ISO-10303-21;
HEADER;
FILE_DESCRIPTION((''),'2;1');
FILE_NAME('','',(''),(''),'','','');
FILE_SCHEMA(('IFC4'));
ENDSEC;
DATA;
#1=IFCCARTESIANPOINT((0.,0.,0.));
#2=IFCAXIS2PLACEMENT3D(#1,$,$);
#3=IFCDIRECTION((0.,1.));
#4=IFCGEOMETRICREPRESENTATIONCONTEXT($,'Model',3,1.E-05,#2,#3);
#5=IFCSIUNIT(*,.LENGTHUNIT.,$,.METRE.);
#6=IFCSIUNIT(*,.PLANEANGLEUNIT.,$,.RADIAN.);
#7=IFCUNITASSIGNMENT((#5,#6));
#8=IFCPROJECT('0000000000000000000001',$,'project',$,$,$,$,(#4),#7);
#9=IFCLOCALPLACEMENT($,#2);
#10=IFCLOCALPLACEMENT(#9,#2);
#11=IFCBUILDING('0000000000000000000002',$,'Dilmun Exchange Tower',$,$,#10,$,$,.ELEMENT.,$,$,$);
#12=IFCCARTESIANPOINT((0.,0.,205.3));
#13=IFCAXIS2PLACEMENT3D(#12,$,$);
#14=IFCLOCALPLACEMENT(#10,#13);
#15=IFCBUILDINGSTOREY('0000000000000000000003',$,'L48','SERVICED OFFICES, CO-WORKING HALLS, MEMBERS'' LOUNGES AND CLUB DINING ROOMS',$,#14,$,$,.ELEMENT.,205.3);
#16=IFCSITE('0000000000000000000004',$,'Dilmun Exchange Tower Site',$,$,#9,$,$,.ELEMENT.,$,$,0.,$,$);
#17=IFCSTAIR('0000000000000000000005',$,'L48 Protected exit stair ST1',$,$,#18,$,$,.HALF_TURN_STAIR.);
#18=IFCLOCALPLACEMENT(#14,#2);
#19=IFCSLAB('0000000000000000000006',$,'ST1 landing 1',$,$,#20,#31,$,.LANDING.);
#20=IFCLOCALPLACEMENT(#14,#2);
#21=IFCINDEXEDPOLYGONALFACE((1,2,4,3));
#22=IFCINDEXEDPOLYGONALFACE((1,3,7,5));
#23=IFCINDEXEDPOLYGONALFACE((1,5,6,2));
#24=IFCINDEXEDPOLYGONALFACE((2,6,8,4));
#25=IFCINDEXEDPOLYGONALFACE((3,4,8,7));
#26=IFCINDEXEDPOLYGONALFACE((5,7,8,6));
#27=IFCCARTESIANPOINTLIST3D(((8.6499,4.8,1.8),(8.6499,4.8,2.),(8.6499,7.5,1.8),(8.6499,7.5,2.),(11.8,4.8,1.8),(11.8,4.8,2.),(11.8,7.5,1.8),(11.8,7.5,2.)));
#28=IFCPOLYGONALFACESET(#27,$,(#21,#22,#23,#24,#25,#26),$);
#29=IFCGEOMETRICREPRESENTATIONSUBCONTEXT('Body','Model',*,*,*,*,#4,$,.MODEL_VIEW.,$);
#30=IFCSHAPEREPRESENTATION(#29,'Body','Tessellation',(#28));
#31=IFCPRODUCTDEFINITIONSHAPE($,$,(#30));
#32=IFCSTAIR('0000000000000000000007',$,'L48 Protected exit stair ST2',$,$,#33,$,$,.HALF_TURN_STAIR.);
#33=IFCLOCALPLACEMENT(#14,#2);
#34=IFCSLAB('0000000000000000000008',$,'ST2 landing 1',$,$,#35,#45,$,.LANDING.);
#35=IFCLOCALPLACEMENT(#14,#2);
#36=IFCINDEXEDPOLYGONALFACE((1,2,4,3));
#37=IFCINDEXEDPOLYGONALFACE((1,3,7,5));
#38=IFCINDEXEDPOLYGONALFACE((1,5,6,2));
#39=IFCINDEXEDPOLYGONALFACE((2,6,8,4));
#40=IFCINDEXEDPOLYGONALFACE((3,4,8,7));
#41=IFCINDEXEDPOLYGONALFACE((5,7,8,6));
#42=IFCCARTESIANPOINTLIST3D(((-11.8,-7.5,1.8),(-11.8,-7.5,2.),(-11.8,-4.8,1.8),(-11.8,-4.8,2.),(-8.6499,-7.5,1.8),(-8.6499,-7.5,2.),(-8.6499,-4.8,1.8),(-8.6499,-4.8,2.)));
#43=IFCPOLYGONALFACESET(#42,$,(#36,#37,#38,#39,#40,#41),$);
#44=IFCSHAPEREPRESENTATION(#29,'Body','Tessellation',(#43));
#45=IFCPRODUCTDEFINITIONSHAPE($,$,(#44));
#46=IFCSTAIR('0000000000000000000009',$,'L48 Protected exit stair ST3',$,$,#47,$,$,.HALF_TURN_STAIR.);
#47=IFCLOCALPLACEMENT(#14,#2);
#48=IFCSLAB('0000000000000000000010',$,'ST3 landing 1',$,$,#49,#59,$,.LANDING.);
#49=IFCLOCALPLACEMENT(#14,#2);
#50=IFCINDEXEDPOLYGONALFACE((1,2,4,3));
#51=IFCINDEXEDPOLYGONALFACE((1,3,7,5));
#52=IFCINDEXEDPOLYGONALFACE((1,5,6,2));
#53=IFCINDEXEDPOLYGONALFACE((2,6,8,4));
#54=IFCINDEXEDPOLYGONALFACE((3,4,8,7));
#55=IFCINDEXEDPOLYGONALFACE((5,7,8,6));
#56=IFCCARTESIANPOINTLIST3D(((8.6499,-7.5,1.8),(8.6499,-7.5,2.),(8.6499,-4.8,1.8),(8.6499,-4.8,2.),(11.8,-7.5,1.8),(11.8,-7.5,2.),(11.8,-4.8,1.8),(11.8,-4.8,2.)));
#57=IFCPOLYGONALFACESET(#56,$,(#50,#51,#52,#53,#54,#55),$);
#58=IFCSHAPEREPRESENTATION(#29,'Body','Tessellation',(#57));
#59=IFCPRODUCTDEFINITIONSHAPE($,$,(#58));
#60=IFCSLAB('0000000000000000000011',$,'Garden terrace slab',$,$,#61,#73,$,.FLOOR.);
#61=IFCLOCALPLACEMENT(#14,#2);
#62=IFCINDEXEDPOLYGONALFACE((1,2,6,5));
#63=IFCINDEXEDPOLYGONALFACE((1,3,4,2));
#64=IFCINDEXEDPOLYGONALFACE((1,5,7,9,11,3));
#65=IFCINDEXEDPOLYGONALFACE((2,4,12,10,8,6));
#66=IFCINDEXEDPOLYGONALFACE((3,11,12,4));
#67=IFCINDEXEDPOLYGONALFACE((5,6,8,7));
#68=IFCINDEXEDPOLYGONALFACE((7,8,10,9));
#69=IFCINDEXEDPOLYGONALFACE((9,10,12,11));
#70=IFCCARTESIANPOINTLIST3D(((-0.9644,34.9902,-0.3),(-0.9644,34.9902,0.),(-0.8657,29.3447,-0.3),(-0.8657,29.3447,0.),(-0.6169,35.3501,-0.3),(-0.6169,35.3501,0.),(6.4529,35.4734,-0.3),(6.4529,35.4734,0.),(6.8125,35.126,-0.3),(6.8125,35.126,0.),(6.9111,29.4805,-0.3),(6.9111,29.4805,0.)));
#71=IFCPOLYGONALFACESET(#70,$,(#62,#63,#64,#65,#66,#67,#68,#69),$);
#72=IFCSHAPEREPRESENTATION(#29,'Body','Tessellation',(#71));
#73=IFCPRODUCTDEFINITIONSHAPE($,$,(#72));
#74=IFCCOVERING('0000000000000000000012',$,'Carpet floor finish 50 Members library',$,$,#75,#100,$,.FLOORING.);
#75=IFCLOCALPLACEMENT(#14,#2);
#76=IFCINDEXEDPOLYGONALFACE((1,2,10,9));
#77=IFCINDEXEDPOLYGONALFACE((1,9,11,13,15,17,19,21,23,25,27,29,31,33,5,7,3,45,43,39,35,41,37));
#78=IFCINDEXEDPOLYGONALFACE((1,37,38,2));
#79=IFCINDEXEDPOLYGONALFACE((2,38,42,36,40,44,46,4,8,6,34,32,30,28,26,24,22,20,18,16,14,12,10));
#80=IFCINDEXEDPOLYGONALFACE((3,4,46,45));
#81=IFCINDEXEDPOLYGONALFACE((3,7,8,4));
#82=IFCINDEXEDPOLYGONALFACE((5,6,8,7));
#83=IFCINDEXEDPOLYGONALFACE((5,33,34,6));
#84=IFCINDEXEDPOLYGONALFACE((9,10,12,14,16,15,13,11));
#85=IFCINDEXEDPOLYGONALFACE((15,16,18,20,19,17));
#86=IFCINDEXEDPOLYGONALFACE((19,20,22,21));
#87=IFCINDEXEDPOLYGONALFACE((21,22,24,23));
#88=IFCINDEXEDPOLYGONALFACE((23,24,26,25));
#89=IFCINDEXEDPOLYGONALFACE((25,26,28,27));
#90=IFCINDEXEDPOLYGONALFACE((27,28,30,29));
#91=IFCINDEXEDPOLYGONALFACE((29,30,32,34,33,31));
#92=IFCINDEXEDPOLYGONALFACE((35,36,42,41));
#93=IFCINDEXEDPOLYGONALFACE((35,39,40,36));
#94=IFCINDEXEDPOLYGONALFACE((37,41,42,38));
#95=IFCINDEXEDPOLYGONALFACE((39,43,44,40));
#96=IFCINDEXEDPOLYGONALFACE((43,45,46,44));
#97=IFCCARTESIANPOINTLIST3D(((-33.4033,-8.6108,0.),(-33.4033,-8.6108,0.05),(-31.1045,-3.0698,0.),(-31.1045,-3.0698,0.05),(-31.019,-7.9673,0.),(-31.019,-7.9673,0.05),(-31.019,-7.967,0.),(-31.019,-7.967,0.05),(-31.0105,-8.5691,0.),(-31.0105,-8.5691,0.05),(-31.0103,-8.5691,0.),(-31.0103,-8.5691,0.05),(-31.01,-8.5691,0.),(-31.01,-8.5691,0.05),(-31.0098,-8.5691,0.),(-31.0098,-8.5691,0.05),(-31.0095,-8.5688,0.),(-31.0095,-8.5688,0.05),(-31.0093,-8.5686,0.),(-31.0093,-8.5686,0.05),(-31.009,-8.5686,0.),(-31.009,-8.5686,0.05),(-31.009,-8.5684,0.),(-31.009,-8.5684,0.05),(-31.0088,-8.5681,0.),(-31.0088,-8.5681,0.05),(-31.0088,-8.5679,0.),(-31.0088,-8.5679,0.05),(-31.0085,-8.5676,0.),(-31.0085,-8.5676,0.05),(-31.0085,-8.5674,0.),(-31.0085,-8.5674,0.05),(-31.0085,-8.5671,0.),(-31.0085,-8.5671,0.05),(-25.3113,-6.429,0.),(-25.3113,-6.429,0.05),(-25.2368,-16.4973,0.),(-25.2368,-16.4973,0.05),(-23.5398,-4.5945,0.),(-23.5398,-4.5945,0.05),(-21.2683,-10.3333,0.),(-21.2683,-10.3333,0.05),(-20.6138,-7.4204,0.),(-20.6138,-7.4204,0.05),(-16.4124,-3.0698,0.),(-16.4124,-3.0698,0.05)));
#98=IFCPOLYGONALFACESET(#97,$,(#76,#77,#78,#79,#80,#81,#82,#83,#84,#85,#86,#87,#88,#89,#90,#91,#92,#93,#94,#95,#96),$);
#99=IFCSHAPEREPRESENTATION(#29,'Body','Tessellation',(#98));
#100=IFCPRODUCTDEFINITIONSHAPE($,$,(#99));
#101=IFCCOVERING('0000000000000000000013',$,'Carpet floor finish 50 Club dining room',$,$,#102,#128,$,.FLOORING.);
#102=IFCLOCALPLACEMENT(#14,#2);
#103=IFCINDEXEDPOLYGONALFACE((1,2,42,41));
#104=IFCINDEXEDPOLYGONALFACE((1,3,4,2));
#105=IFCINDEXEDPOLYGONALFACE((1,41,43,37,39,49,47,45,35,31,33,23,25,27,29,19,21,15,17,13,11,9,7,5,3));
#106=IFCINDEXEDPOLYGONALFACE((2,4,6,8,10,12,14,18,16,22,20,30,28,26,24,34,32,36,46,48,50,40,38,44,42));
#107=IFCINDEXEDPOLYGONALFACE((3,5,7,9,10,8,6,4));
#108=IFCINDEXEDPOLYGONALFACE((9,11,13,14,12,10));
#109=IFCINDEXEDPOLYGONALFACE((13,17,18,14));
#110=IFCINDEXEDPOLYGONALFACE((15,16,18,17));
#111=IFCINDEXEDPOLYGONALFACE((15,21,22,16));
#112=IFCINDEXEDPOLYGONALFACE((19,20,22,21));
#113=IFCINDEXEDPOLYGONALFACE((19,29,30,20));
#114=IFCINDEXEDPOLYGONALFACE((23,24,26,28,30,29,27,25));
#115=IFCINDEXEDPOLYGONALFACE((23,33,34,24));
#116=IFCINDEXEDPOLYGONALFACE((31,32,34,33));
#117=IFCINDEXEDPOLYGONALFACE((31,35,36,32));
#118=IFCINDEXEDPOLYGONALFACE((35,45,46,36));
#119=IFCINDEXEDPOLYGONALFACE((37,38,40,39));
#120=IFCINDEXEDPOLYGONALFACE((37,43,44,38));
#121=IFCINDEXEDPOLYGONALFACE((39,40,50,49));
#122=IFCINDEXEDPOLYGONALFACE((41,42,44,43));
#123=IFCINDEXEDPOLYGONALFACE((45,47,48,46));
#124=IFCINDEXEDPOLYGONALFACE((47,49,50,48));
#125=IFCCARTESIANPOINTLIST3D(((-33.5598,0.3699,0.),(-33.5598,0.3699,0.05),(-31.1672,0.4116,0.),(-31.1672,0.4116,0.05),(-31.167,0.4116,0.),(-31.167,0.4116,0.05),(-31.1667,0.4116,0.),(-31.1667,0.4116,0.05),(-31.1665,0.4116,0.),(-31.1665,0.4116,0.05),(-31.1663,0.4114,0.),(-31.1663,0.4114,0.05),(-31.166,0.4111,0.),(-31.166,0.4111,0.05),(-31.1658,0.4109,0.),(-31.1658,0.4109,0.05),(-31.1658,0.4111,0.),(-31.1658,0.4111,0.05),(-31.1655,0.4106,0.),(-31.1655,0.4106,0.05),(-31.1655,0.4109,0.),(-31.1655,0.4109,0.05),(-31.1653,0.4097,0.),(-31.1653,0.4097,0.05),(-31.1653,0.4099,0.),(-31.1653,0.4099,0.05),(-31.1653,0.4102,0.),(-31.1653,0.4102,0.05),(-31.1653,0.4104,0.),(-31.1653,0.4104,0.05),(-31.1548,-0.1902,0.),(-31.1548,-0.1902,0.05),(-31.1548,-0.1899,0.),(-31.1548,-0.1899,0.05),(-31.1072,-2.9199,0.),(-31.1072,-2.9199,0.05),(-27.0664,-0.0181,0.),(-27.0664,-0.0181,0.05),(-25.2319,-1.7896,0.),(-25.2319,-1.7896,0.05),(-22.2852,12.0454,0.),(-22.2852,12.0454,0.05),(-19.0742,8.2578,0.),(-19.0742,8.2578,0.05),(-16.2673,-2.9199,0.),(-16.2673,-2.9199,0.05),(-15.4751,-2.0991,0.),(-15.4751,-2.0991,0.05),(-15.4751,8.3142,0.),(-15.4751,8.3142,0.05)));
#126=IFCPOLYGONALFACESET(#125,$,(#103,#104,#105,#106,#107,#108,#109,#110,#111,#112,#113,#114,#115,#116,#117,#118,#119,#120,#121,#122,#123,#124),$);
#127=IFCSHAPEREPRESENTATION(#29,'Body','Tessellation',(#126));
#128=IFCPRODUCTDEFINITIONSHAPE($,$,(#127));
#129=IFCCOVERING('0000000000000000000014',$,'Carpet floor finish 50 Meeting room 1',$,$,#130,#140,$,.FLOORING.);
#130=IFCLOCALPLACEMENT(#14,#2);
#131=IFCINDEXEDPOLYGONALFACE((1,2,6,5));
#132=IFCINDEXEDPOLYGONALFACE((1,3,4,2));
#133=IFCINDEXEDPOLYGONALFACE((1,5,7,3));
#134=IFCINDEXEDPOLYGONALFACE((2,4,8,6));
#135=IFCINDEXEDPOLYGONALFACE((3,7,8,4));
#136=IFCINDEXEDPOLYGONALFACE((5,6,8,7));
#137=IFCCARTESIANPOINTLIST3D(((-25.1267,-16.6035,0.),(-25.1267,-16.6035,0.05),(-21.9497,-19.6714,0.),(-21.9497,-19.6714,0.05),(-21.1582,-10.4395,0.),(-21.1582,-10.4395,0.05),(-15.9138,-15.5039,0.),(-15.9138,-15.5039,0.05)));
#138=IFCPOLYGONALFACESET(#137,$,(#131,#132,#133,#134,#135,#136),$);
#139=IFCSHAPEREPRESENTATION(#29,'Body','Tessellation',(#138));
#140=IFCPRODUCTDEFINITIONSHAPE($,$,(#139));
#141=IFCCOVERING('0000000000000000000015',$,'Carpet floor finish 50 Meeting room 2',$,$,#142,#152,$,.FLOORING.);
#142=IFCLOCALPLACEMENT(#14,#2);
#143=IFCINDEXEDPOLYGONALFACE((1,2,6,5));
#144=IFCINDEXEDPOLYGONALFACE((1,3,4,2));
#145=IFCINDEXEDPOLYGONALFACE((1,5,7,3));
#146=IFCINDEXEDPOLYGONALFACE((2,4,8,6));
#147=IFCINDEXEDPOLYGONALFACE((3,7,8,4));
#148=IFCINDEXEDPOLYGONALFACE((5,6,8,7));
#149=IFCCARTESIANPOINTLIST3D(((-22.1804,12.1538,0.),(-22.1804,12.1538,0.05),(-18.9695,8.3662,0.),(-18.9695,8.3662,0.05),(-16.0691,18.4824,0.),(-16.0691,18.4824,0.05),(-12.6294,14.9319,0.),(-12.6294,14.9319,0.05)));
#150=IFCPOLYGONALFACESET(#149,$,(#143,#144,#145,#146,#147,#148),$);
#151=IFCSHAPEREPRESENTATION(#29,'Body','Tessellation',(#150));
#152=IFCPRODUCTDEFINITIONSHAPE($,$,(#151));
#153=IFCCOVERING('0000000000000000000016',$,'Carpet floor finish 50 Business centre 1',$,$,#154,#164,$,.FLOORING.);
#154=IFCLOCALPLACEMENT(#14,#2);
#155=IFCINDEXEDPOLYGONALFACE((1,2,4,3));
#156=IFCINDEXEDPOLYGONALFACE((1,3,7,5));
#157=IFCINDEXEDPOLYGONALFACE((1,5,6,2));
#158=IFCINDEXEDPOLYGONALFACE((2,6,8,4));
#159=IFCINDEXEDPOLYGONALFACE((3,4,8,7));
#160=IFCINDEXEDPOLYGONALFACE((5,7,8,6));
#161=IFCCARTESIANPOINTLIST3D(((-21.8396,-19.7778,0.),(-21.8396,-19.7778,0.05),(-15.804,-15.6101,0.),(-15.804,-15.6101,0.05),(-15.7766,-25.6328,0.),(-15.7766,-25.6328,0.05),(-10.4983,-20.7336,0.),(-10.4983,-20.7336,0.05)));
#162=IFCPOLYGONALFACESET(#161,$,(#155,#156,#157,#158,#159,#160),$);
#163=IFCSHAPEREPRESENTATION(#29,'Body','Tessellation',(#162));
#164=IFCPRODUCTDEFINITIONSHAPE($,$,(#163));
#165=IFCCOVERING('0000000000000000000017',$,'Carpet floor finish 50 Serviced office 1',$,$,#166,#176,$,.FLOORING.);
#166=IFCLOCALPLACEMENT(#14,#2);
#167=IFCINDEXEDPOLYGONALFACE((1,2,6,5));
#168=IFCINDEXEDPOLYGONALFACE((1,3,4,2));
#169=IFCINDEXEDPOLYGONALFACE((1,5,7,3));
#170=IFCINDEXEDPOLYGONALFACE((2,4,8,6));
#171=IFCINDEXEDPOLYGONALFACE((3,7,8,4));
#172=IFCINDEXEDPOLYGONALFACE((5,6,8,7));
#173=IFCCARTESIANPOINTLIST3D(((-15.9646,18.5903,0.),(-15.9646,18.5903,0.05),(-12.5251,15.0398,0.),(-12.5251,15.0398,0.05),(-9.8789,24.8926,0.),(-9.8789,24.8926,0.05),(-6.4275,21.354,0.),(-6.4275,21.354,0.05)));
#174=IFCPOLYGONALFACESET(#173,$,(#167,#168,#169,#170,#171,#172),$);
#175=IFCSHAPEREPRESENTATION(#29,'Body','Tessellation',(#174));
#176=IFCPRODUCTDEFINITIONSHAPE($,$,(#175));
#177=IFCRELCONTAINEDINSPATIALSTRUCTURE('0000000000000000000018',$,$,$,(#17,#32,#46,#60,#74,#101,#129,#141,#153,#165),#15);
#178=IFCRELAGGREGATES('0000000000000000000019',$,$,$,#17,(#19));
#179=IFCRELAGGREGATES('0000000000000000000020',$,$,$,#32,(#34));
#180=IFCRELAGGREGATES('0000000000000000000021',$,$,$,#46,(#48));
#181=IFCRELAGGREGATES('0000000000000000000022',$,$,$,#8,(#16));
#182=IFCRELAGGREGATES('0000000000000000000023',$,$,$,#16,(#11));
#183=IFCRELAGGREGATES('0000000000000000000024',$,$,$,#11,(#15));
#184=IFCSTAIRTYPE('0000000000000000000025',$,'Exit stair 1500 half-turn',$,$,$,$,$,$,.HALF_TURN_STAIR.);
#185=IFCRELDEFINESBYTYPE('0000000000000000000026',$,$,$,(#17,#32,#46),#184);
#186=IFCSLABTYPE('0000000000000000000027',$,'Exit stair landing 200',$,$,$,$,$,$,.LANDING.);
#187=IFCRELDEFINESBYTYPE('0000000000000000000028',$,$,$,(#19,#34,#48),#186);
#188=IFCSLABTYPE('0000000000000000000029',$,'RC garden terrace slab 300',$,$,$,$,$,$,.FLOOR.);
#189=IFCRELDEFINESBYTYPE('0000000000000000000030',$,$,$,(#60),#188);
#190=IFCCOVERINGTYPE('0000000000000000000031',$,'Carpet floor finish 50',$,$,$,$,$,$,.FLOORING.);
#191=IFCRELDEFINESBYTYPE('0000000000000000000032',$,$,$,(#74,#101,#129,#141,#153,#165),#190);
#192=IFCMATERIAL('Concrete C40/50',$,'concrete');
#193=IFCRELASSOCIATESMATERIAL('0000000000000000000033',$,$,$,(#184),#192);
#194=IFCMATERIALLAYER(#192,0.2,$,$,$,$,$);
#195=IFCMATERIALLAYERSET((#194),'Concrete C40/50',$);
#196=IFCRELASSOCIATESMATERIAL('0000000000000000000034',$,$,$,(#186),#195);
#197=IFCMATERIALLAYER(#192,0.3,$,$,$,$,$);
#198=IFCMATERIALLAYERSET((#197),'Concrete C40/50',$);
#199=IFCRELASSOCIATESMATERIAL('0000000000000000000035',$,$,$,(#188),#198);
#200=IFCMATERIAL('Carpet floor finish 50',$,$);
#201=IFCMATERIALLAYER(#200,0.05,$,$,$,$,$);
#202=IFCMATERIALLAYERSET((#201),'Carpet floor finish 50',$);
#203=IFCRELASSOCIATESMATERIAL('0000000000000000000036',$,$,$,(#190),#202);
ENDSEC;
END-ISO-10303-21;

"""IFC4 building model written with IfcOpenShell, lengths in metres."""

from ifc_helpers import new_model, si_unit, direction, frame, origin, place, context, subcontext, project, spatial, polyline, outline, extrude, material, layer, layer_set, type_object, element, aggregate, save


model = new_model("IFC4")

# Units and contexts
model_context = context("Model", 3, precision=1e-05, world=origin(), true_north=direction((0.0, 1.0)))
body_context = subcontext(model_context, "Body", "Model", "MODEL_VIEW")
ifc_project = project(units=[si_unit("LENGTHUNIT", "METRE"), si_unit("PLANEANGLEUNIT", "RADIAN")], contexts=[model_context])

# Site, building, storey
site_placement = place(None, origin())
site = spatial("IfcSite", under=ifc_project, at=site_placement, Name="Dilmun Exchange Tower Site", CompositionType="ELEMENT", RefElevation=0.0)
building_placement = place(site_placement, origin())
building = spatial("IfcBuilding", under=site, at=building_placement, Name="Dilmun Exchange Tower", CompositionType="ELEMENT")
storey_placement = place(building_placement, frame((0.0, 0.0, 205.3)))
storey = spatial("IfcBuildingStorey", under=building, at=storey_placement, Name="L48", Description="SERVICED OFFICES, CO-WORKING HALLS, MEMBERS' LOUNGES AND CLUB DINING ROOMS", CompositionType="ELEMENT", Elevation=205.3)

# Stairs, slabs
ifc_material_1 = material(Name="Concrete C40/50", Category="concrete")
stair_type = type_object("IfcStairType", Name="Exit stair 1500 half-turn", PredefinedType="HALF_TURN_STAIR", material=ifc_material_1)
stair_1_placement = place(storey_placement, origin())
stair_1 = element("IfcStair", 1, at=stair_1_placement, inside=storey, type_object=stair_type, Name="L48 Protected exit stair ST1", PredefinedType="HALF_TURN_STAIR")
ifc_layer_1 = layer(ifc_material_1, 0.2)
ifc_layer_set_1 = layer_set([ifc_layer_1], Name="Concrete C40/50")
slab_type_1 = type_object("IfcSlabType", Name="Exit stair landing 200", PredefinedType="LANDING", material=ifc_layer_set_1)
slab_1_placement = place(storey_placement, frame((0.0, 0.0, 1.8)))
slab_1 = element("IfcSlab", 2, at=slab_1_placement, type_object=slab_type_1, Name="ST1 landing 1", PredefinedType="LANDING", context=body_context, shape_type="SweptSolid", body=[
    extrude(outline(polyline([(8.6499, 7.5), (8.6499, 4.8), (11.8, 4.8), (11.8, 7.5), (8.6499, 7.5)])), origin(), (0.0, 0.0, 1.0), 0.2),
])
aggregate(stair_1, [slab_1])
stair_2_placement = place(storey_placement, origin())
stair_2 = element("IfcStair", 3, at=stair_2_placement, inside=storey, type_object=stair_type, Name="L48 Protected exit stair ST2", PredefinedType="HALF_TURN_STAIR")
slab_2_placement = place(storey_placement, frame((0.0, 0.0, 1.8)))
slab_2 = element("IfcSlab", 4, at=slab_2_placement, type_object=slab_type_1, Name="ST2 landing 1", PredefinedType="LANDING", context=body_context, shape_type="SweptSolid", body=[
    extrude(outline(polyline([(-8.6499, -7.5), (-8.6499, -4.8), (-11.8, -4.8), (-11.8, -7.5), (-8.6499, -7.5)])), origin(), (0.0, 0.0, 1.0), 0.2),
])
aggregate(stair_2, [slab_2])
stair_3_placement = place(storey_placement, origin())
stair_3 = element("IfcStair", 5, at=stair_3_placement, inside=storey, type_object=stair_type, Name="L48 Protected exit stair ST3", PredefinedType="HALF_TURN_STAIR")
slab_3_placement = place(storey_placement, frame((0.0, 0.0, 1.8)))
slab_3 = element("IfcSlab", 6, at=slab_3_placement, type_object=slab_type_1, Name="ST3 landing 1", PredefinedType="LANDING", context=body_context, shape_type="SweptSolid", body=[
    extrude(outline(polyline([(11.8, -7.5), (11.8, -4.8), (8.6499, -4.8), (8.6499, -7.5), (11.8, -7.5)])), origin(), (0.0, 0.0, 1.0), 0.2),
])
aggregate(stair_3, [slab_3])

# Slab
ifc_layer_2 = layer(ifc_material_1, 0.3)
ifc_layer_set_2 = layer_set([ifc_layer_2], Name="Concrete C40/50")
slab_type_2 = type_object("IfcSlabType", Name="RC garden terrace slab 300", PredefinedType="FLOOR", material=ifc_layer_set_2)
slab_4_placement = place(storey_placement, frame((0.0, 0.0, -0.3)))
element("IfcSlab", 7, at=slab_4_placement, inside=storey, type_object=slab_type_2, Name="Garden terrace slab", PredefinedType="FLOOR", context=body_context, shape_type="SweptSolid", body=[
    extrude(outline(polyline([(-0.8657, 29.3447), (-0.9644, 34.9902), (-0.6169, 35.3501), (6.4529, 35.4734), (6.8125, 35.126), (6.9111, 29.4805), (-0.8657, 29.3447)])), origin(), (0.0, 0.0, 1.0), 0.3),
])

# Coverings
ifc_material_2 = material(Name="Carpet floor finish 50")
ifc_layer_3 = layer(ifc_material_2, 0.05)
ifc_layer_set_3 = layer_set([ifc_layer_3], Name="Carpet floor finish 50")
covering_type_1 = type_object("IfcCoveringType", Name="Carpet floor finish 50", PredefinedType="FLOORING", material=ifc_layer_set_3)
covering_1_placement = place(storey_placement, origin())
element("IfcCovering", 8, at=covering_1_placement, inside=storey, type_object=covering_type_1, Name="Carpet floor finish 50 Members library", PredefinedType="FLOORING", context=body_context, shape_type="SweptSolid", body=[
    extrude(outline(polyline([(-23.5398, -4.5945), (-25.3113, -6.429), (-21.2683, -10.3333), (-25.2368, -16.4973), (-33.4033, -8.6108), (-31.0105, -8.5691), (-31.0103, -8.5691), (-31.01, -8.5691), (-31.01, -8.5691), (-31.0098, -8.5691), (-31.0095, -8.5688), (-31.0095, -8.5688), (-31.0093, -8.5686), (-31.009, -8.5686), (-31.009, -8.5684), (-31.0088, -8.5681), (-31.0088, -8.5681), (-31.0088, -8.5679), (-31.0085, -8.5676), (-31.0085, -8.5674), (-31.0085, -8.5674), (-31.0085, -8.5671), (-31.019, -7.9673), (-31.019, -7.967), (-31.019, -7.967), (-31.1045, -3.0698), (-16.4124, -3.0698), (-20.6138, -7.4204), (-23.5398, -4.5945)])), origin(), (0.0, 0.0, 1.0), 0.05),
])
covering_2_placement = place(storey_placement, origin())
element("IfcCovering", 9, at=covering_2_placement, inside=storey, type_object=covering_type_1, Name="Carpet floor finish 50 Club dining room", PredefinedType="FLOORING", context=body_context, shape_type="SweptSolid", body=[
    extrude(outline(polyline([(-16.2673, -2.9199), (-31.1072, -2.9199), (-31.1548, -0.1902), (-31.1548, -0.1899), (-31.1548, -0.1899), (-31.1653, 0.4097), (-31.1653, 0.4099), (-31.1653, 0.4102), (-31.1653, 0.4104), (-31.1653, 0.4104), (-31.1655, 0.4106), (-31.1655, 0.4109), (-31.1658, 0.4109), (-31.1658, 0.4111), (-31.166, 0.4111), (-31.1663, 0.4114), (-31.1663, 0.4114), (-31.1665, 0.4116), (-31.1667, 0.4116), (-31.167, 0.4116), (-31.167, 0.4116), (-31.1672, 0.4116), (-33.5598, 0.3699), (-22.2852, 12.0454), (-19.0742, 8.2578), (-27.0664, -0.0181), (-25.2319, -1.7896), (-15.4751, 8.3142), (-15.4751, -2.0991), (-16.2673, -2.9199)])), origin(), (0.0, 0.0, 1.0), 0.05),
])
covering_3_placement = place(storey_placement, origin())
element("IfcCovering", 10, at=covering_3_placement, inside=storey, type_object=covering_type_1, Name="Carpet floor finish 50 Meeting room 1", PredefinedType="FLOORING", context=body_context, shape_type="SweptSolid", body=[
    extrude(outline(polyline([(-21.1582, -10.4395), (-15.9138, -15.5039), (-21.9497, -19.6714), (-25.1267, -16.6035), (-21.1582, -10.4395)])), origin(), (0.0, 0.0, 1.0), 0.05),
])
covering_4_placement = place(storey_placement, origin())
element("IfcCovering", 11, at=covering_4_placement, inside=storey, type_object=covering_type_1, Name="Carpet floor finish 50 Meeting room 2", PredefinedType="FLOORING", context=body_context, shape_type="SweptSolid", body=[
    extrude(outline(polyline([(-12.6294, 14.9319), (-18.9695, 8.3662), (-22.1804, 12.1538), (-16.0691, 18.4824), (-12.6294, 14.9319)])), origin(), (0.0, 0.0, 1.0), 0.05),
])
covering_5_placement = place(storey_placement, origin())
element("IfcCovering", 12, at=covering_5_placement, inside=storey, type_object=covering_type_1, Name="Carpet floor finish 50 Business centre 1", PredefinedType="FLOORING", context=body_context, shape_type="SweptSolid", body=[
    extrude(outline(polyline([(-10.4983, -20.7336), (-15.7766, -25.6328), (-21.8396, -19.7778), (-15.804, -15.6101), (-10.4983, -20.7336)])), origin(), (0.0, 0.0, 1.0), 0.05),
])
covering_6_placement = place(storey_placement, origin())
element("IfcCovering", 13, at=covering_6_placement, inside=storey, type_object=covering_type_1, Name="Carpet floor finish 50 Serviced office 1", PredefinedType="FLOORING", context=body_context, shape_type="SweptSolid", body=[
    extrude(outline(polyline([(-6.4275, 21.354), (-12.5251, 15.0398), (-15.9646, 18.5903), (-9.8789, 24.8926), (-6.4275, 21.354)])), origin(), (0.0, 0.0, 1.0), 0.05),
])

save(model, "model.ifc")
